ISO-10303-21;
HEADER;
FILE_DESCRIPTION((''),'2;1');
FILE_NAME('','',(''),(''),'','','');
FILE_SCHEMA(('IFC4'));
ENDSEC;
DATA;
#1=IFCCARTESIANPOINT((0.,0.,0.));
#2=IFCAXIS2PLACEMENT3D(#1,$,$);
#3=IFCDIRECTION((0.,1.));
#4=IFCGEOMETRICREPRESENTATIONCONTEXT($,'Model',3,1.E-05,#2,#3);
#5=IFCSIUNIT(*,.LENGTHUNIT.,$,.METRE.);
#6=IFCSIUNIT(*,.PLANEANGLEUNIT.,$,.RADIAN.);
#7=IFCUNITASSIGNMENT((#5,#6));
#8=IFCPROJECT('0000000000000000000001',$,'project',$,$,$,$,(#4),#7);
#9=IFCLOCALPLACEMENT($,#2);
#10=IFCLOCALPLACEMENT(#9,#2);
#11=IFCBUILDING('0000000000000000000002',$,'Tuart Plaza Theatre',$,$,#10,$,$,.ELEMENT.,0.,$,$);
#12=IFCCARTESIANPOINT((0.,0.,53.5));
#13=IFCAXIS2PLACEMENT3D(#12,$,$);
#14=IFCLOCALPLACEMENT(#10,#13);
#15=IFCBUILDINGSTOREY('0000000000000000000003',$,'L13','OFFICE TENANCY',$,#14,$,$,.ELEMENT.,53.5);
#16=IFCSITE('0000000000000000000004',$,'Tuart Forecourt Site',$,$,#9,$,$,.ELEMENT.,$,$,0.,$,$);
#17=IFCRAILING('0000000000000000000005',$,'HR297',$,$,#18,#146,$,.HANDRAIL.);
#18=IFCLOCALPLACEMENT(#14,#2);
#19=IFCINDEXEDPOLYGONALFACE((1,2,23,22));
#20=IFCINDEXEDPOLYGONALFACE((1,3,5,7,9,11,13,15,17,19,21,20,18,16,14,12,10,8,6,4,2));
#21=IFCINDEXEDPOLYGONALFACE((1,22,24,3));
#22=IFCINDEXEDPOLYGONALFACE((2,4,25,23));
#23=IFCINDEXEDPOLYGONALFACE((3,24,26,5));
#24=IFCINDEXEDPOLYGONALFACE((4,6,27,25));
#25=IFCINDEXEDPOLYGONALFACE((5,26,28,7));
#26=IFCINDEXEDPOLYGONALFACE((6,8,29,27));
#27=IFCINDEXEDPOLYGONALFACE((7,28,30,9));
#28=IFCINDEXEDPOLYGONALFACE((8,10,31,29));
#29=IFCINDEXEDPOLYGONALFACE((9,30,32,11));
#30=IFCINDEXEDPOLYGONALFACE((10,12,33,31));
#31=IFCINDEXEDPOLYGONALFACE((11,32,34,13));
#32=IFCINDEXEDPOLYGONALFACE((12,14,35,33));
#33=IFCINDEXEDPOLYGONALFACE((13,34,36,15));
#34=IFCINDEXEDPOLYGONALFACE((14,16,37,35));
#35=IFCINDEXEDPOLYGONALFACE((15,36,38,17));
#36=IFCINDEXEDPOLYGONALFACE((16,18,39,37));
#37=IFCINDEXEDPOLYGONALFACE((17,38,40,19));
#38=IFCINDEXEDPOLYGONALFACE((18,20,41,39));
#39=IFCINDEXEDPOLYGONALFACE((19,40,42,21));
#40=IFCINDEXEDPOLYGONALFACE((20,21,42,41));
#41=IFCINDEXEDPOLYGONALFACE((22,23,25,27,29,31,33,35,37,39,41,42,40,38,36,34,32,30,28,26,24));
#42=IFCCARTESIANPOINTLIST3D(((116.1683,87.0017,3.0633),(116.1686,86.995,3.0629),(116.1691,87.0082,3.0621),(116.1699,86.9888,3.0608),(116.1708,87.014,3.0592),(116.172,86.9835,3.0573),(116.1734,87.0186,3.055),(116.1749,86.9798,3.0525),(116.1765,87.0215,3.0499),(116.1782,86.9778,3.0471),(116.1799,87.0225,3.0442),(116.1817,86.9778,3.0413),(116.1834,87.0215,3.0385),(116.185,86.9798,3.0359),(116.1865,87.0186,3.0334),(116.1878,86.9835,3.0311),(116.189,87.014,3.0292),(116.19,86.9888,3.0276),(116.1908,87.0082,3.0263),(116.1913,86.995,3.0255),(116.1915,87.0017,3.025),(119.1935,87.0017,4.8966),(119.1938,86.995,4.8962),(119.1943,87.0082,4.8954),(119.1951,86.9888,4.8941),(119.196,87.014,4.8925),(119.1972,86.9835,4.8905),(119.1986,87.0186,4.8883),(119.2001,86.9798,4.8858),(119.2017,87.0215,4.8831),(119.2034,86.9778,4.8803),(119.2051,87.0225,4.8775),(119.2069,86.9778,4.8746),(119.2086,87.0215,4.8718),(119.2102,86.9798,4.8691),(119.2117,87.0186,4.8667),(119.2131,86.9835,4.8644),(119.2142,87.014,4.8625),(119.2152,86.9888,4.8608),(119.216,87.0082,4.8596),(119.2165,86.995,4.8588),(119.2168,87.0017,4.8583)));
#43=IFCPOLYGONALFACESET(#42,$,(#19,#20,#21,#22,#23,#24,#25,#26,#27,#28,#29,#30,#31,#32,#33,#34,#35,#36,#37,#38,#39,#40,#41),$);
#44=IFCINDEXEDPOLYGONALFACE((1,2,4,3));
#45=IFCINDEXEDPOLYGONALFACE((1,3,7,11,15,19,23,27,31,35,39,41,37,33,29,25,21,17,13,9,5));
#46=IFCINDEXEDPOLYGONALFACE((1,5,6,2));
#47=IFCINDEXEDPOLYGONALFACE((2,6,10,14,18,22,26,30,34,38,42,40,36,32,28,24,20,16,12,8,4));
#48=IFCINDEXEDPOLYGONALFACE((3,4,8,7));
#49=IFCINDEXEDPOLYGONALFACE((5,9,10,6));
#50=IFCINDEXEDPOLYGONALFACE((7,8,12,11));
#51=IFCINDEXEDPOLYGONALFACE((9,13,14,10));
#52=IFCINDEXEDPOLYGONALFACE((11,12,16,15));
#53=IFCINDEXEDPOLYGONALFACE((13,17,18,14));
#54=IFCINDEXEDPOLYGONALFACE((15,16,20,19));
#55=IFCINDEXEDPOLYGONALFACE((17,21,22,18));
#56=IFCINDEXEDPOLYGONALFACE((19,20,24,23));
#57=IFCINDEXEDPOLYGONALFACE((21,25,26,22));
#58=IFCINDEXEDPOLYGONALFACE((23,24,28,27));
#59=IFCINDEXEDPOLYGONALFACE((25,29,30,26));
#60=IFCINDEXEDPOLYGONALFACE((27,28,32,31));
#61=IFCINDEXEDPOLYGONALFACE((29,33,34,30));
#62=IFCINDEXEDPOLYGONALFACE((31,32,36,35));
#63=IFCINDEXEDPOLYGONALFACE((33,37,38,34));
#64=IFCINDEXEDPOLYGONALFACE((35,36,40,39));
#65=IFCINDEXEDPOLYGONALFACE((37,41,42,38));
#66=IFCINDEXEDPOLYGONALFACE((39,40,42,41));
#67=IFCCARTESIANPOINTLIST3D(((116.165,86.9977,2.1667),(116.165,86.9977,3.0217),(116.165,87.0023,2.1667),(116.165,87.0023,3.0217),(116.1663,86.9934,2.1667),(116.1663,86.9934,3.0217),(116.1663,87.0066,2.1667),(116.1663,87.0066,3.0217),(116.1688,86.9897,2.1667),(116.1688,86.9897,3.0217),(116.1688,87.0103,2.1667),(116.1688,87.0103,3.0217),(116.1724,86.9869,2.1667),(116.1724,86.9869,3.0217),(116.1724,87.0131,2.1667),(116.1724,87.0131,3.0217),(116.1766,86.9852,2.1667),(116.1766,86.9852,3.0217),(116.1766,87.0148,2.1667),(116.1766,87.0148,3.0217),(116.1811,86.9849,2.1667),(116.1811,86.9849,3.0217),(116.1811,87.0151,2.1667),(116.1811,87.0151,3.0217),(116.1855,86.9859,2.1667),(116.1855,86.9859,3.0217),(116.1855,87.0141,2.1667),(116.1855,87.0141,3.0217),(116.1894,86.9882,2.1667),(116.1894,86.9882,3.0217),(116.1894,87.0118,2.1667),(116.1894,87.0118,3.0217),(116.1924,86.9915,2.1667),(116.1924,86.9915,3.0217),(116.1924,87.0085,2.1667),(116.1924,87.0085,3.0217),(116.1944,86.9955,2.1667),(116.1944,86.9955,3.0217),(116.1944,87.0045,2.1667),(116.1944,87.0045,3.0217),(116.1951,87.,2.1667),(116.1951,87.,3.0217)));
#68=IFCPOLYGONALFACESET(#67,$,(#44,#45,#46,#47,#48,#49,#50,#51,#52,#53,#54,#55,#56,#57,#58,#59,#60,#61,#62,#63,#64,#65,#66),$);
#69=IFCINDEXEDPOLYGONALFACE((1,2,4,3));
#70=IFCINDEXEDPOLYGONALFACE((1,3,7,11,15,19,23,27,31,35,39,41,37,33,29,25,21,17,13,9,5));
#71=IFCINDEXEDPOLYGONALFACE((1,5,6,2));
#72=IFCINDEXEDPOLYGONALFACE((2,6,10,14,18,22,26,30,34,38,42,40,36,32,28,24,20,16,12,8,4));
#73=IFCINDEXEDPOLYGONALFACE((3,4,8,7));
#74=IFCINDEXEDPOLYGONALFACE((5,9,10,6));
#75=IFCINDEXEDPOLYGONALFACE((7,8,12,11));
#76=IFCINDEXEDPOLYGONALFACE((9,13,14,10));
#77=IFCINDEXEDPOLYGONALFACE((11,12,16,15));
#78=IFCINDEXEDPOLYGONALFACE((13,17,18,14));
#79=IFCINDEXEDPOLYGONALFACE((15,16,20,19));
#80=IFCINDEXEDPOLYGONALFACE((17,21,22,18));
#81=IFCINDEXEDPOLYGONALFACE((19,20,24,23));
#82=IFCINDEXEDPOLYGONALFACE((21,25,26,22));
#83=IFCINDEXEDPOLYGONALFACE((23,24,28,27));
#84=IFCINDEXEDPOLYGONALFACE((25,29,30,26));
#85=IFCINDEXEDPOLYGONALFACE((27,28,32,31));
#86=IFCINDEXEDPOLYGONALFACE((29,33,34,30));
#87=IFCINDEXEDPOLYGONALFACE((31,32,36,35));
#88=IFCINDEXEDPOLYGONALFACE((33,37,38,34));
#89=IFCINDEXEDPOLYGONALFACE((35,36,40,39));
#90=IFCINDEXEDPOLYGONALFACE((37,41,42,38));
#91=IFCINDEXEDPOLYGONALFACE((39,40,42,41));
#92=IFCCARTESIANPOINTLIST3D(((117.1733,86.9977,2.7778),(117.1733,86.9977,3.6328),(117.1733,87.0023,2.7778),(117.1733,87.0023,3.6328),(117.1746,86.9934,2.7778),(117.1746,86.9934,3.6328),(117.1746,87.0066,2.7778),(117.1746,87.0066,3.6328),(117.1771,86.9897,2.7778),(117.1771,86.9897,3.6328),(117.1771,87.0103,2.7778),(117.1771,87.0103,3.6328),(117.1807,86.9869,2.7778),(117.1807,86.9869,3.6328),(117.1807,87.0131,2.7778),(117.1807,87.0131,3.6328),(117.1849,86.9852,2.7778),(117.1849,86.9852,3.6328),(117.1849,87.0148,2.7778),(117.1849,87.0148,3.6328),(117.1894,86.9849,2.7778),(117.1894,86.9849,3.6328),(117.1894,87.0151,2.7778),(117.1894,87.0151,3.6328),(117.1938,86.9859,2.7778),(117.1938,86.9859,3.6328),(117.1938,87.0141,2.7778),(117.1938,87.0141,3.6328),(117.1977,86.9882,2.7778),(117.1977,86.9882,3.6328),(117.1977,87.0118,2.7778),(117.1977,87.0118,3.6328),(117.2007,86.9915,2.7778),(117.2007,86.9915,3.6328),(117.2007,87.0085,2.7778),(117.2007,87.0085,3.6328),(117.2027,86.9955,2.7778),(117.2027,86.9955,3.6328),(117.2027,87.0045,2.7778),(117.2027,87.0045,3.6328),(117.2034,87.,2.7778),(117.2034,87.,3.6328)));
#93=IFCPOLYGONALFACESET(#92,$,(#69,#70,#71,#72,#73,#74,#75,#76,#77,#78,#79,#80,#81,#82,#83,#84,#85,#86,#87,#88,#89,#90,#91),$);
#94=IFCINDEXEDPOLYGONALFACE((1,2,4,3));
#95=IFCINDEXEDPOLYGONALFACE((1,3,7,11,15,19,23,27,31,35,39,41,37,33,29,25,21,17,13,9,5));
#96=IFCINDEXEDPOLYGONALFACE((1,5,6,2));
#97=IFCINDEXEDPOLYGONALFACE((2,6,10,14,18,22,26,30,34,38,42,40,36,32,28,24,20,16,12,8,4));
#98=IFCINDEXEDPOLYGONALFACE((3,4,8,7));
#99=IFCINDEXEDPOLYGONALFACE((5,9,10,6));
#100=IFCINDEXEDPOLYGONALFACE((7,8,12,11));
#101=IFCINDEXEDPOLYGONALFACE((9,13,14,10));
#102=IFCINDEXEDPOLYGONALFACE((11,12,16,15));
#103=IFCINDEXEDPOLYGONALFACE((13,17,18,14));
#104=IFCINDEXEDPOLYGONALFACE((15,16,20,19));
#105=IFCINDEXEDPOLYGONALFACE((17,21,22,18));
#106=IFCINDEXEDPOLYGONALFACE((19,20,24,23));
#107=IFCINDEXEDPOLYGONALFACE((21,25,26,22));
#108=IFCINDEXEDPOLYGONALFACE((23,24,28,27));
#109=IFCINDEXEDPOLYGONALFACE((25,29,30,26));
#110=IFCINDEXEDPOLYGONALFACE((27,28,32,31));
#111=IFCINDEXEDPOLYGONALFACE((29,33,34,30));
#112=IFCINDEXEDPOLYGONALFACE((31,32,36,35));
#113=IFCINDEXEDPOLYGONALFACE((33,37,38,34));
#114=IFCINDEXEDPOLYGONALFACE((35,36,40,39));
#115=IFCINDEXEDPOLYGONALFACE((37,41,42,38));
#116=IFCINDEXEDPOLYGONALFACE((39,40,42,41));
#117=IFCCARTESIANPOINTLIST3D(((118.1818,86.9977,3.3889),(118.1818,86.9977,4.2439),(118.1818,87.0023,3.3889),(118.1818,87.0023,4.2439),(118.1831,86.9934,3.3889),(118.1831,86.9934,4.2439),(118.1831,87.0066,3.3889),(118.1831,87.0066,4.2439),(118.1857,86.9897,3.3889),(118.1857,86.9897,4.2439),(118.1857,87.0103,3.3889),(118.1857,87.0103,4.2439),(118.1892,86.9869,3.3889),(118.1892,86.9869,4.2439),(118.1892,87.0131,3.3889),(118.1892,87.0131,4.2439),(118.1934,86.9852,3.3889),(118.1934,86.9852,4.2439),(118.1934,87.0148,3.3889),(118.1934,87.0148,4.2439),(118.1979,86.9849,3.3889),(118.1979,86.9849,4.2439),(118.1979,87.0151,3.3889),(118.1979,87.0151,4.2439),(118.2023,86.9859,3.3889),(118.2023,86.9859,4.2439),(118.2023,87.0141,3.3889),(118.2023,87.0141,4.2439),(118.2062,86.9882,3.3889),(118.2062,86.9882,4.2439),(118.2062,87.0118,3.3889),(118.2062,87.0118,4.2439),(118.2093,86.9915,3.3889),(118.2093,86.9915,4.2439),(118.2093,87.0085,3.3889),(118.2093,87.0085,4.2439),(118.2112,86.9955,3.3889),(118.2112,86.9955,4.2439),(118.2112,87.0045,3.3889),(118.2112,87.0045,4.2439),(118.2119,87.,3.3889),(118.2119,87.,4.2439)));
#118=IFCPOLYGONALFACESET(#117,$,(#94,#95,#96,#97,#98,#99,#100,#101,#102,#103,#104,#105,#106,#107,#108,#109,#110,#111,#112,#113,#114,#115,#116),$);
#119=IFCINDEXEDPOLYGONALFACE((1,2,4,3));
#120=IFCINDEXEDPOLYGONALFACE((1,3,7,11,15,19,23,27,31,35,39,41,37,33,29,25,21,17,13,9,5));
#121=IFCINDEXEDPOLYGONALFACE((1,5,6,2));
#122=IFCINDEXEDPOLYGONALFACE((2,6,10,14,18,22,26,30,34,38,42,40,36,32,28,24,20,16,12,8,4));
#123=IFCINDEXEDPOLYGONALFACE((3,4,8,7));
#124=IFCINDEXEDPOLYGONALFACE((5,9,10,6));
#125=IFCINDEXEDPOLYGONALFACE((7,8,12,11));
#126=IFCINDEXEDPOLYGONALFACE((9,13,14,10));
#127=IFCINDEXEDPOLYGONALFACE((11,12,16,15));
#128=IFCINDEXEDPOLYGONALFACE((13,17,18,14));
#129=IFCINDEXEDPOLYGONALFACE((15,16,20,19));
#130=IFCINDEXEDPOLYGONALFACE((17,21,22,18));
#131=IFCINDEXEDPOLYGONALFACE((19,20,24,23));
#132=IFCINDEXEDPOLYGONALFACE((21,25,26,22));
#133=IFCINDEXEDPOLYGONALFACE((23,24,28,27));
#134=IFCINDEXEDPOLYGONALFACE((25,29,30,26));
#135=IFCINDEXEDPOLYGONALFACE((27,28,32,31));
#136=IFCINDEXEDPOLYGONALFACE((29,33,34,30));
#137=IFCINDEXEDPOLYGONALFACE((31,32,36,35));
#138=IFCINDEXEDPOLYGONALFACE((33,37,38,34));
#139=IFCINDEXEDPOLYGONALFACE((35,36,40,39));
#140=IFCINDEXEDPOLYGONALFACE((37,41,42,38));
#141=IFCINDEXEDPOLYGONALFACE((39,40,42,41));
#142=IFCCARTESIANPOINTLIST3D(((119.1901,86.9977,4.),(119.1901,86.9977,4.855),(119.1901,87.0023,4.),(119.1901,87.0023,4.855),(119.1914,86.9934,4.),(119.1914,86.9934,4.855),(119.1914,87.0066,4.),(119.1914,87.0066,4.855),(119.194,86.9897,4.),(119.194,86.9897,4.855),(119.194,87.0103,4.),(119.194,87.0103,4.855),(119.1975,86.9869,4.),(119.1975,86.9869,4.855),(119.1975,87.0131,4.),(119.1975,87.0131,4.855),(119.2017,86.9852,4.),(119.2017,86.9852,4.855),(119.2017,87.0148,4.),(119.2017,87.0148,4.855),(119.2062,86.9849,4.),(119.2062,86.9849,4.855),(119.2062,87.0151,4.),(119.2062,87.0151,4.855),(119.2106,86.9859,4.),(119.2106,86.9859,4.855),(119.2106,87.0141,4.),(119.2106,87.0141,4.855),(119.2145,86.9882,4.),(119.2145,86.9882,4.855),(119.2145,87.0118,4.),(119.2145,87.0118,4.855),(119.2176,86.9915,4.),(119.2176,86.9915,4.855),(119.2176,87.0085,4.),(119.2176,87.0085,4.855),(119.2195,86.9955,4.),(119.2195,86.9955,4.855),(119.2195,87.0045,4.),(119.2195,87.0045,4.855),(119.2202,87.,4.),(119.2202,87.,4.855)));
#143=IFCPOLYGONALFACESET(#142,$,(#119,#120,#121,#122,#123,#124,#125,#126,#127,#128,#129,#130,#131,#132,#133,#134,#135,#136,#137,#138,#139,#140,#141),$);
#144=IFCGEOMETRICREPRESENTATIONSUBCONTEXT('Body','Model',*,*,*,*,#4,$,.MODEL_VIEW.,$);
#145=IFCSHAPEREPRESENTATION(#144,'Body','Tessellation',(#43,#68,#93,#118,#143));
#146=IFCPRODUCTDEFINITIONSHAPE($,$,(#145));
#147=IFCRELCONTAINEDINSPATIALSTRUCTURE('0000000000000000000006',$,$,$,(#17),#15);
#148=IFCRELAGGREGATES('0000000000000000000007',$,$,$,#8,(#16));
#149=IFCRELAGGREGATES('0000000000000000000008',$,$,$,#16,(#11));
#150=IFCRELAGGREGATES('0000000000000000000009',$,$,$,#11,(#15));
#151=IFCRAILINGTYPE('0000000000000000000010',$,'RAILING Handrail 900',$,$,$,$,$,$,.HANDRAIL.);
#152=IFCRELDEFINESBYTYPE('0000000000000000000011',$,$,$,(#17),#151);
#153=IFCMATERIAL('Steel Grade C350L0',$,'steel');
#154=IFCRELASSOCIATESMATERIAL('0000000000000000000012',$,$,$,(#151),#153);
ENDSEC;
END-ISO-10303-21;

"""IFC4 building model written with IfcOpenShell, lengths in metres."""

from ifc_helpers import new_model, si_unit, direction, frame, origin, origin_2d, place, context, subcontext, project, spatial, circle, extrude, material, type_object, element, save


model = new_model("IFC4")

# Units and contexts
model_context = context("Model", 3, precision=1e-05, world=origin(), true_north=direction((0.0, 1.0)))
body_context = subcontext(model_context, "Body", "Model", "MODEL_VIEW")
ifc_project = project(units=[si_unit("LENGTHUNIT", "METRE"), si_unit("PLANEANGLEUNIT", "RADIAN")], contexts=[model_context])

# Site, building, storey
site_placement = place(None, origin())
site = spatial("IfcSite", under=ifc_project, at=site_placement, Name="Tuart Forecourt Site", CompositionType="ELEMENT", RefElevation=0.0)
building_placement = place(site_placement, origin())
building = spatial("IfcBuilding", under=site, at=building_placement, Name="Tuart Plaza Theatre", CompositionType="ELEMENT", ElevationOfRefHeight=0.0)
storey_placement = place(building_placement, frame((0.0, 0.0, 53.5)))
storey = spatial("IfcBuildingStorey", under=building, at=storey_placement, Name="L13", Description="OFFICE TENANCY", CompositionType="ELEMENT", Elevation=53.5)

# Railing
ifc_material_1 = material(Name="Steel Grade C350L0", Category="steel")
railing_type_1 = type_object("IfcRailingType", Name="RAILING Handrail 900", PredefinedType="HANDRAIL", material=ifc_material_1)
for number, where, name in (
    (1, (116.1799, 87.0, 2.1667), "HR297"),
):
    element("IfcRailing", number, at=place(storey_placement, frame(where)), inside=storey, type_object=railing_type_1, Name=name, PredefinedType="HANDRAIL", context=body_context, shape_type="SweptSolid", body=[
        extrude(circle(Radius=0.0225, at=origin_2d()), frame((0.0, 0.0, 0.8774), z_axis=(0.855219, 0.0, 0.518267), x_axis=(0.0, 1.0, 0.0)), (0.0, 0.0, 1.0), 3.5374),
        extrude(circle(Radius=0.0151, at=origin_2d()), origin(), (0.0, 0.0, 1.0), 0.855),
        extrude(circle(Radius=0.0151, at=origin_2d()), frame((1.0083, 0.0, 0.6111)), (0.0, 0.0, 1.0), 0.855),
        extrude(circle(Radius=0.0151, at=origin_2d()), frame((2.0168, 0.0, 1.2222)), (0.0, 0.0, 1.0), 0.855),
        extrude(circle(Radius=0.0151, at=origin_2d()), frame((3.0251, 0.0, 1.8333)), (0.0, 0.0, 1.0), 0.855),
    ])

save(model, "model.ifc")
